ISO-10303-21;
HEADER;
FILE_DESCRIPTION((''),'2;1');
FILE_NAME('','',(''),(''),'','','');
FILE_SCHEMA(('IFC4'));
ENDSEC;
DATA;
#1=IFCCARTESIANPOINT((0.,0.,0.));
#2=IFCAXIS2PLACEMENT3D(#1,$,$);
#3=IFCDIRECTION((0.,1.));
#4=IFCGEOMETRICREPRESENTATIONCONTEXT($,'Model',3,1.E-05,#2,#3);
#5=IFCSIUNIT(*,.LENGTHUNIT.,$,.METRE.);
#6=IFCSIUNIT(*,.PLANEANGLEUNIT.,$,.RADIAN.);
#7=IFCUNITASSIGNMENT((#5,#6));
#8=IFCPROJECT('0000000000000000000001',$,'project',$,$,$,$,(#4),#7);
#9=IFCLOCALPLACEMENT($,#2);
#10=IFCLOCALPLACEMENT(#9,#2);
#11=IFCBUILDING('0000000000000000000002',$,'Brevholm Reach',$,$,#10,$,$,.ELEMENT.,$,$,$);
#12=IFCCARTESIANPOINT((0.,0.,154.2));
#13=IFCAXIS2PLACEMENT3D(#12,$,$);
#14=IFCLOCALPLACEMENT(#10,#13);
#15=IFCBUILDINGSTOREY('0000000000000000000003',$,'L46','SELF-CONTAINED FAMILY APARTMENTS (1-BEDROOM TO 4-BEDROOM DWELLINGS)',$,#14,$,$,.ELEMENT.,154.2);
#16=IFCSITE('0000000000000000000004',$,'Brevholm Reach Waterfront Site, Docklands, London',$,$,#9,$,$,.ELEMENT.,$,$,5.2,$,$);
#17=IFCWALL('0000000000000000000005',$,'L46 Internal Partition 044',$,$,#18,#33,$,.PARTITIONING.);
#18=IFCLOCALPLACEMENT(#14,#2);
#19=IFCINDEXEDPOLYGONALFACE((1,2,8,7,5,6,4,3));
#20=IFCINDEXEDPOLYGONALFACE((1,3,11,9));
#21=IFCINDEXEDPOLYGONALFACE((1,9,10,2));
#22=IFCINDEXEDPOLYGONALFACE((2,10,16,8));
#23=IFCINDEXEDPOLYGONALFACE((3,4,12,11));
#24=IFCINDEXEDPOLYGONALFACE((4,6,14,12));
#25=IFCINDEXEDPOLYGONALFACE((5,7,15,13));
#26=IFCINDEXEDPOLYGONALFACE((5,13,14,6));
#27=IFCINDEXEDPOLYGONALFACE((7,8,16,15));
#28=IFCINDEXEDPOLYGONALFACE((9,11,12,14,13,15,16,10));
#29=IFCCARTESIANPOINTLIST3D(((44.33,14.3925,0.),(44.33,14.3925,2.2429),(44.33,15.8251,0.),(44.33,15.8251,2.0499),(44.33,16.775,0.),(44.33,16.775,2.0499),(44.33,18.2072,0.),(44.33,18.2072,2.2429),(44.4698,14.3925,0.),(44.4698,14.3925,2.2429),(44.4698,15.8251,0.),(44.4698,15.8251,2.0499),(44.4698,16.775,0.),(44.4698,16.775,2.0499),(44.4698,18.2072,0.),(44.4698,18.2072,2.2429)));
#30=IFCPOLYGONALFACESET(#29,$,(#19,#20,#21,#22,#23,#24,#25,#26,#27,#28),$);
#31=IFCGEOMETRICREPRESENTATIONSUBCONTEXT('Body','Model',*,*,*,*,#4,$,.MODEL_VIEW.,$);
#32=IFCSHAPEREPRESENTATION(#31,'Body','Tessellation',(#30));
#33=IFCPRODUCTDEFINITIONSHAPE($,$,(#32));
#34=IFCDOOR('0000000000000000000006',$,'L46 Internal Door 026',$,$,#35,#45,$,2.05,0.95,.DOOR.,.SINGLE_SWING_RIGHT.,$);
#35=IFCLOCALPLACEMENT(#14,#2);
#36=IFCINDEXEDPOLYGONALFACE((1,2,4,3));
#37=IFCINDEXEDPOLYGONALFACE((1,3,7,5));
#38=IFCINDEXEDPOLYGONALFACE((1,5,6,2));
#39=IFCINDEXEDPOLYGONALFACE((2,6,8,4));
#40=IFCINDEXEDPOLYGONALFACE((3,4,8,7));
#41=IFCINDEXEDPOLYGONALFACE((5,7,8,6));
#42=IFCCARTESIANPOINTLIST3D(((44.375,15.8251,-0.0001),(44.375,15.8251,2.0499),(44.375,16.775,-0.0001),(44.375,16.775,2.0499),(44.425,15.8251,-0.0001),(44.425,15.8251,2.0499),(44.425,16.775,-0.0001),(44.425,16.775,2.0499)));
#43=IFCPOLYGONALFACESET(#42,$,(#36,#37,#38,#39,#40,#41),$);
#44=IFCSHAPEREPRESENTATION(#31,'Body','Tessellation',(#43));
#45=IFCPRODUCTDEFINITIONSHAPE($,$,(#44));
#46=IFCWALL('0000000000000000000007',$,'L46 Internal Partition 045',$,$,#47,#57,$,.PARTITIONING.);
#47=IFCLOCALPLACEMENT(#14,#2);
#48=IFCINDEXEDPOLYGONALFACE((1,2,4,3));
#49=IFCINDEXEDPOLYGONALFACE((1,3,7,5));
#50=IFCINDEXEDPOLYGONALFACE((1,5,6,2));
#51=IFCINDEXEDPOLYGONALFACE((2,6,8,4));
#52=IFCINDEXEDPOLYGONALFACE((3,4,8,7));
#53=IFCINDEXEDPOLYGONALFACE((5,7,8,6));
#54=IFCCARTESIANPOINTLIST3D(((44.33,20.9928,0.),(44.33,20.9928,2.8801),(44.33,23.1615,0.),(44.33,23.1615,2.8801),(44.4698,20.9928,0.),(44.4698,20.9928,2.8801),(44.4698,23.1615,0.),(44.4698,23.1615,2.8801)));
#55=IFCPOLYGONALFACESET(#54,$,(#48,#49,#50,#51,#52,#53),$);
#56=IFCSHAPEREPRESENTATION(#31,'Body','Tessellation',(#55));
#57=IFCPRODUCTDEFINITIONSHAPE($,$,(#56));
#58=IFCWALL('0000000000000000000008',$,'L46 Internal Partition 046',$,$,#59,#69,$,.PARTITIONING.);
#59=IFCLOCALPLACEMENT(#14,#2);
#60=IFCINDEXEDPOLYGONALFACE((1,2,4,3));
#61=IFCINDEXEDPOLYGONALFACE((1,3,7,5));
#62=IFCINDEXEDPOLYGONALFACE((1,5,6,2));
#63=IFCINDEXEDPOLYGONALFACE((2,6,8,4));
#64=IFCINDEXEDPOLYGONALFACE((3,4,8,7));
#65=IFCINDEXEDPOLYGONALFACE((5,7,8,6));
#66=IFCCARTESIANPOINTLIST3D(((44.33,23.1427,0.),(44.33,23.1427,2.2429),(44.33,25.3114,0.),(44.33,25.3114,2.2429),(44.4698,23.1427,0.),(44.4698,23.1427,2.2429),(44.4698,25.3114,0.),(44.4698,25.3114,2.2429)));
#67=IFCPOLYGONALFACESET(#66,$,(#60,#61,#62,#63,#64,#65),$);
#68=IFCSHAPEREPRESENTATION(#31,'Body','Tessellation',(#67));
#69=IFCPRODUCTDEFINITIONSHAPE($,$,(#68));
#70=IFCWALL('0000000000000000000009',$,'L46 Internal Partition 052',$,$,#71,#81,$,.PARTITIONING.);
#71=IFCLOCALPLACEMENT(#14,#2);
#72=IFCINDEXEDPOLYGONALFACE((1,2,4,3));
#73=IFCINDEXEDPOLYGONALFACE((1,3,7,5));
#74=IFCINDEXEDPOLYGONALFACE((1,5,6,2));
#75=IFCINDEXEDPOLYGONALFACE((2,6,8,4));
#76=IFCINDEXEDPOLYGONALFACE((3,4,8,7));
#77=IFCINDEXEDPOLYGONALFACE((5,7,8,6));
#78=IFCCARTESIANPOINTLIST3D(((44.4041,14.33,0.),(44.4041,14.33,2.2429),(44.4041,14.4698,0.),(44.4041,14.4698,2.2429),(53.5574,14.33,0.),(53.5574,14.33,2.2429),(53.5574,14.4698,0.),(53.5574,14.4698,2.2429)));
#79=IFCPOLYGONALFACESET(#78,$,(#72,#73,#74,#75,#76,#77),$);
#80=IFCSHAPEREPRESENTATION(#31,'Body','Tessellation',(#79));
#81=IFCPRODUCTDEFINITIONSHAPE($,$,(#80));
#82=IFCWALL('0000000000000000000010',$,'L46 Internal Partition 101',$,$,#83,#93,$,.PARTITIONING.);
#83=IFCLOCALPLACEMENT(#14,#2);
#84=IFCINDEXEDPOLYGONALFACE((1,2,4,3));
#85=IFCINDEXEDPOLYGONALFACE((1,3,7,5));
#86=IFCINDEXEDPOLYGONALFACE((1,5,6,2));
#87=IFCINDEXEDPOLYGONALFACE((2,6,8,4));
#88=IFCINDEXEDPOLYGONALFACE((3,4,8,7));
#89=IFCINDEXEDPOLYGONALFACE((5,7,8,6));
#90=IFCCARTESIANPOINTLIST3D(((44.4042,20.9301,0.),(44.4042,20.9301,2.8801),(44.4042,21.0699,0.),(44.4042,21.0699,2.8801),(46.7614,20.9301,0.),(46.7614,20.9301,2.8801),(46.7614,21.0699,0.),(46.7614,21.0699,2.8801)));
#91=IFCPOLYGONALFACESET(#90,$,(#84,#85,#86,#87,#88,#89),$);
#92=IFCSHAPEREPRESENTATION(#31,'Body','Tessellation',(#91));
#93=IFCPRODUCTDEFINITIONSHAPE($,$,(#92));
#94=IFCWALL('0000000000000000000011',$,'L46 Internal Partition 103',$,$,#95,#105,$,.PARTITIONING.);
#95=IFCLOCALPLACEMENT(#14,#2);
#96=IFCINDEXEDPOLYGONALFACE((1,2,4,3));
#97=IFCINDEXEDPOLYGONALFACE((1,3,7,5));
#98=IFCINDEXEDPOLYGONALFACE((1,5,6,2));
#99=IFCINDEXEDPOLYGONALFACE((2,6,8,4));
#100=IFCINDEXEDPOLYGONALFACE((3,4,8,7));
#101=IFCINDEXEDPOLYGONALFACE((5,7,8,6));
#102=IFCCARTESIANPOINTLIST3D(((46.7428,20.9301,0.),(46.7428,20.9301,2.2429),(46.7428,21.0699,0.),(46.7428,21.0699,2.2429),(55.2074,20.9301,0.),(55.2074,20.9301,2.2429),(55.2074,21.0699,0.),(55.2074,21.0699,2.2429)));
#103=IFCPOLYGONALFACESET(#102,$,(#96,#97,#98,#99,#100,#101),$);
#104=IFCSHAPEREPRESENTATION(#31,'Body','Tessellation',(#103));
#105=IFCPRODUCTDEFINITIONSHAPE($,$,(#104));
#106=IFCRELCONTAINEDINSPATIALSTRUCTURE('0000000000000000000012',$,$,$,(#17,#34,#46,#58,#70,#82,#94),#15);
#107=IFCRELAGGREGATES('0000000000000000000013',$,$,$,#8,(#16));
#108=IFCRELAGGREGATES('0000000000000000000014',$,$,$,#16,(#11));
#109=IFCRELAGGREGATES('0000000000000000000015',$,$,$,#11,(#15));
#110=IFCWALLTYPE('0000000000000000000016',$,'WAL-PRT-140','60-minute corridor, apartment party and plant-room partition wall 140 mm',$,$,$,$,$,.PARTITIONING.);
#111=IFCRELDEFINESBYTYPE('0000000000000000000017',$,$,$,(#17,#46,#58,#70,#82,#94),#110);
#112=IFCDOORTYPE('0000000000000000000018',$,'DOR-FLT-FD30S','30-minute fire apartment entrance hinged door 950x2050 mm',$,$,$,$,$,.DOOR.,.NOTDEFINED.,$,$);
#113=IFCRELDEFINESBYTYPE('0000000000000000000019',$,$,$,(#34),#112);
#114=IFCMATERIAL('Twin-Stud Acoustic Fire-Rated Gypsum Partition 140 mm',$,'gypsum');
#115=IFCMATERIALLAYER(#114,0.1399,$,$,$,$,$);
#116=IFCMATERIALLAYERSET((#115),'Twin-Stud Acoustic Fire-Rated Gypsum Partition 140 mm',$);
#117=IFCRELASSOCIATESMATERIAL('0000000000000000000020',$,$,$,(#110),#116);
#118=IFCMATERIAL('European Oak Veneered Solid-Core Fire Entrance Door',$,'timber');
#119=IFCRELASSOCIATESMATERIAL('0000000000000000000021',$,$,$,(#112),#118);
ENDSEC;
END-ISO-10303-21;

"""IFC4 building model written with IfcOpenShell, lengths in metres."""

from ifc_helpers import new_model, si_unit, direction, frame, frame_2d, origin, place, context, subcontext, project, spatial, rectangle, extrude, material, layer, layer_set, type_object, element, fill, save


model = new_model("IFC4")

# Units and contexts
model_context = context("Model", 3, precision=1e-05, world=origin(), true_north=direction((0.0, 1.0)))
body_context = subcontext(model_context, "Body", "Model", "MODEL_VIEW")
ifc_project = project(units=[si_unit("LENGTHUNIT", "METRE"), si_unit("PLANEANGLEUNIT", "RADIAN")], contexts=[model_context])

# Site, building, storey
site_placement = place(None, origin())
site = spatial("IfcSite", under=ifc_project, at=site_placement, Name="Brevholm Reach Waterfront Site, Docklands, London", CompositionType="ELEMENT", RefElevation=5.2)
building_placement = place(site_placement, origin())
building = spatial("IfcBuilding", under=site, at=building_placement, Name="Brevholm Reach", CompositionType="ELEMENT")
storey_placement = place(building_placement, frame((0.0, 0.0, 154.2)))
storey = spatial("IfcBuildingStorey", under=building, at=storey_placement, Name="L46", Description="SELF-CONTAINED FAMILY APARTMENTS (1-BEDROOM TO 4-BEDROOM DWELLINGS)", CompositionType="ELEMENT", Elevation=154.2)

# Shared definitions
ifc_material_1 = material(Name="Twin-Stud Acoustic Fire-Rated Gypsum Partition 140 mm", Category="gypsum")
ifc_layer_1 = layer(ifc_material_1, 0.1399)
ifc_layer_set_1 = layer_set([ifc_layer_1], Name="Twin-Stud Acoustic Fire-Rated Gypsum Partition 140 mm")
wall_type_1 = type_object("IfcWallType", Name="WAL-PRT-140", Description="60-minute corridor, apartment party and plant-room partition wall 140 mm", PredefinedType="PARTITIONING", material=ifc_layer_set_1)

# Wall, opening, door
wall_1_placement = place(storey_placement, frame((44.3999, 14.3926, 0.0), z_axis=(0.0, 0.0, 1.0), x_axis=(0.0, 1.0, 0.0)))
wall_1 = element("IfcWall", 1, at=wall_1_placement, inside=storey, type_object=wall_type_1, Name="L46 Internal Partition 044", PredefinedType="PARTITIONING", context=body_context, shape_type="SweptSolid", body=[
    extrude(rectangle(XDim=3.8147, YDim=0.1399, at=frame_2d((1.9072, 0.0))), origin(), (0.0, 0.0, 1.0), 2.2429),
])
opening_1_placement = place(wall_1_placement, frame((1.4324, 0.0, 0.0)))
opening_1 = element("IfcOpeningElement", 2, at=opening_1_placement, cuts=wall_1, PredefinedType="OPENING", context=body_context, shape_type="SweptSolid", body=[
    extrude(rectangle(XDim=0.95, YDim=2.05, at=frame_2d((0.4751, 1.0249))), frame((0.0, 0.0798, 0.0), z_axis=(0.0, -1.0, 0.0), x_axis=(1.0, 0.0, 0.0)), (0.0, 0.0, 1.0), 0.1599),
])
ifc_material_2 = material(Name="European Oak Veneered Solid-Core Fire Entrance Door", Category="timber")
door_type_1 = type_object("IfcDoorType", Name="DOR-FLT-FD30S", Description="30-minute fire apartment entrance hinged door 950x2050 mm", OperationType="NOTDEFINED", PredefinedType="DOOR", material=ifc_material_2)
door_1_placement = place(opening_1_placement, origin())
door_1 = element("IfcDoor", 3, at=door_1_placement, inside=storey, type_object=door_type_1, Name="L46 Internal Door 026", OperationType="SINGLE_SWING_RIGHT", OverallHeight=2.05, OverallWidth=0.95, PredefinedType="DOOR", context=body_context, shape_type="SweptSolid", body=[
    extrude(rectangle(XDim=0.95, YDim=2.05, at=frame_2d((0.4751, 1.0249))), frame((0.0, 0.0249, 0.0), z_axis=(0.0, -1.0, 0.0), x_axis=(1.0, 0.0, 0.0)), (0.0, 0.0, 1.0), 0.05),
])
fill(opening_1, door_1)

# Walls
wall_2_placement = place(storey_placement, frame((44.3999, 20.9927, 0.0), z_axis=(0.0, 0.0, 1.0), x_axis=(0.0, 1.0, 0.0)))
element("IfcWall", 4, at=wall_2_placement, inside=storey, type_object=wall_type_1, Name="L46 Internal Partition 045", PredefinedType="PARTITIONING", context=body_context, shape_type="SweptSolid", body=[
    extrude(rectangle(XDim=2.1687, YDim=0.1399, at=frame_2d((1.0845, 0.0))), origin(), (0.0, 0.0, 1.0), 2.8801),
])
wall_3_placement = place(storey_placement, frame((44.3999, 23.1426, 0.0), z_axis=(0.0, 0.0, 1.0), x_axis=(0.0, 1.0, 0.0)))
element("IfcWall", 5, at=wall_3_placement, inside=storey, type_object=wall_type_1, Name="L46 Internal Partition 046", PredefinedType="PARTITIONING", context=body_context, shape_type="SweptSolid", body=[
    extrude(rectangle(XDim=2.1687, YDim=0.1399, at=frame_2d((1.0845, 0.0))), origin(), (0.0, 0.0, 1.0), 2.2429),
])
wall_4_placement = place(storey_placement, frame((44.4041, 14.3999, 0.0), z_axis=(0.0, 0.0, 1.0), x_axis=(1.0, 0.0, 0.0)))
element("IfcWall", 6, at=wall_4_placement, inside=storey, type_object=wall_type_1, Name="L46 Internal Partition 052", PredefinedType="PARTITIONING", context=body_context, shape_type="SweptSolid", body=[
    extrude(rectangle(XDim=9.1533, YDim=0.1399, at=frame_2d((4.5767, 0.0))), origin(), (0.0, 0.0, 1.0), 2.2429),
])
wall_5_placement = place(storey_placement, frame((44.4041, 21.0, 0.0), z_axis=(0.0, 0.0, 1.0), x_axis=(1.0, 0.0, 0.0)))
element("IfcWall", 7, at=wall_5_placement, inside=storey, type_object=wall_type_1, Name="L46 Internal Partition 101", PredefinedType="PARTITIONING", context=body_context, shape_type="SweptSolid", body=[
    extrude(rectangle(XDim=2.3572, YDim=0.1399, at=frame_2d((1.1787, 0.0))), origin(), (0.0, 0.0, 1.0), 2.8801),
])
wall_6_placement = place(storey_placement, frame((46.7427, 21.0, 0.0), z_axis=(0.0, 0.0, 1.0), x_axis=(1.0, 0.0, 0.0)))
element("IfcWall", 8, at=wall_6_placement, inside=storey, type_object=wall_type_1, Name="L46 Internal Partition 103", PredefinedType="PARTITIONING", context=body_context, shape_type="SweptSolid", body=[
    extrude(rectangle(XDim=8.4646, YDim=0.1399, at=frame_2d((4.2324, 0.0))), origin(), (0.0, 0.0, 1.0), 2.2429),
])

save(model, "model.ifc")
